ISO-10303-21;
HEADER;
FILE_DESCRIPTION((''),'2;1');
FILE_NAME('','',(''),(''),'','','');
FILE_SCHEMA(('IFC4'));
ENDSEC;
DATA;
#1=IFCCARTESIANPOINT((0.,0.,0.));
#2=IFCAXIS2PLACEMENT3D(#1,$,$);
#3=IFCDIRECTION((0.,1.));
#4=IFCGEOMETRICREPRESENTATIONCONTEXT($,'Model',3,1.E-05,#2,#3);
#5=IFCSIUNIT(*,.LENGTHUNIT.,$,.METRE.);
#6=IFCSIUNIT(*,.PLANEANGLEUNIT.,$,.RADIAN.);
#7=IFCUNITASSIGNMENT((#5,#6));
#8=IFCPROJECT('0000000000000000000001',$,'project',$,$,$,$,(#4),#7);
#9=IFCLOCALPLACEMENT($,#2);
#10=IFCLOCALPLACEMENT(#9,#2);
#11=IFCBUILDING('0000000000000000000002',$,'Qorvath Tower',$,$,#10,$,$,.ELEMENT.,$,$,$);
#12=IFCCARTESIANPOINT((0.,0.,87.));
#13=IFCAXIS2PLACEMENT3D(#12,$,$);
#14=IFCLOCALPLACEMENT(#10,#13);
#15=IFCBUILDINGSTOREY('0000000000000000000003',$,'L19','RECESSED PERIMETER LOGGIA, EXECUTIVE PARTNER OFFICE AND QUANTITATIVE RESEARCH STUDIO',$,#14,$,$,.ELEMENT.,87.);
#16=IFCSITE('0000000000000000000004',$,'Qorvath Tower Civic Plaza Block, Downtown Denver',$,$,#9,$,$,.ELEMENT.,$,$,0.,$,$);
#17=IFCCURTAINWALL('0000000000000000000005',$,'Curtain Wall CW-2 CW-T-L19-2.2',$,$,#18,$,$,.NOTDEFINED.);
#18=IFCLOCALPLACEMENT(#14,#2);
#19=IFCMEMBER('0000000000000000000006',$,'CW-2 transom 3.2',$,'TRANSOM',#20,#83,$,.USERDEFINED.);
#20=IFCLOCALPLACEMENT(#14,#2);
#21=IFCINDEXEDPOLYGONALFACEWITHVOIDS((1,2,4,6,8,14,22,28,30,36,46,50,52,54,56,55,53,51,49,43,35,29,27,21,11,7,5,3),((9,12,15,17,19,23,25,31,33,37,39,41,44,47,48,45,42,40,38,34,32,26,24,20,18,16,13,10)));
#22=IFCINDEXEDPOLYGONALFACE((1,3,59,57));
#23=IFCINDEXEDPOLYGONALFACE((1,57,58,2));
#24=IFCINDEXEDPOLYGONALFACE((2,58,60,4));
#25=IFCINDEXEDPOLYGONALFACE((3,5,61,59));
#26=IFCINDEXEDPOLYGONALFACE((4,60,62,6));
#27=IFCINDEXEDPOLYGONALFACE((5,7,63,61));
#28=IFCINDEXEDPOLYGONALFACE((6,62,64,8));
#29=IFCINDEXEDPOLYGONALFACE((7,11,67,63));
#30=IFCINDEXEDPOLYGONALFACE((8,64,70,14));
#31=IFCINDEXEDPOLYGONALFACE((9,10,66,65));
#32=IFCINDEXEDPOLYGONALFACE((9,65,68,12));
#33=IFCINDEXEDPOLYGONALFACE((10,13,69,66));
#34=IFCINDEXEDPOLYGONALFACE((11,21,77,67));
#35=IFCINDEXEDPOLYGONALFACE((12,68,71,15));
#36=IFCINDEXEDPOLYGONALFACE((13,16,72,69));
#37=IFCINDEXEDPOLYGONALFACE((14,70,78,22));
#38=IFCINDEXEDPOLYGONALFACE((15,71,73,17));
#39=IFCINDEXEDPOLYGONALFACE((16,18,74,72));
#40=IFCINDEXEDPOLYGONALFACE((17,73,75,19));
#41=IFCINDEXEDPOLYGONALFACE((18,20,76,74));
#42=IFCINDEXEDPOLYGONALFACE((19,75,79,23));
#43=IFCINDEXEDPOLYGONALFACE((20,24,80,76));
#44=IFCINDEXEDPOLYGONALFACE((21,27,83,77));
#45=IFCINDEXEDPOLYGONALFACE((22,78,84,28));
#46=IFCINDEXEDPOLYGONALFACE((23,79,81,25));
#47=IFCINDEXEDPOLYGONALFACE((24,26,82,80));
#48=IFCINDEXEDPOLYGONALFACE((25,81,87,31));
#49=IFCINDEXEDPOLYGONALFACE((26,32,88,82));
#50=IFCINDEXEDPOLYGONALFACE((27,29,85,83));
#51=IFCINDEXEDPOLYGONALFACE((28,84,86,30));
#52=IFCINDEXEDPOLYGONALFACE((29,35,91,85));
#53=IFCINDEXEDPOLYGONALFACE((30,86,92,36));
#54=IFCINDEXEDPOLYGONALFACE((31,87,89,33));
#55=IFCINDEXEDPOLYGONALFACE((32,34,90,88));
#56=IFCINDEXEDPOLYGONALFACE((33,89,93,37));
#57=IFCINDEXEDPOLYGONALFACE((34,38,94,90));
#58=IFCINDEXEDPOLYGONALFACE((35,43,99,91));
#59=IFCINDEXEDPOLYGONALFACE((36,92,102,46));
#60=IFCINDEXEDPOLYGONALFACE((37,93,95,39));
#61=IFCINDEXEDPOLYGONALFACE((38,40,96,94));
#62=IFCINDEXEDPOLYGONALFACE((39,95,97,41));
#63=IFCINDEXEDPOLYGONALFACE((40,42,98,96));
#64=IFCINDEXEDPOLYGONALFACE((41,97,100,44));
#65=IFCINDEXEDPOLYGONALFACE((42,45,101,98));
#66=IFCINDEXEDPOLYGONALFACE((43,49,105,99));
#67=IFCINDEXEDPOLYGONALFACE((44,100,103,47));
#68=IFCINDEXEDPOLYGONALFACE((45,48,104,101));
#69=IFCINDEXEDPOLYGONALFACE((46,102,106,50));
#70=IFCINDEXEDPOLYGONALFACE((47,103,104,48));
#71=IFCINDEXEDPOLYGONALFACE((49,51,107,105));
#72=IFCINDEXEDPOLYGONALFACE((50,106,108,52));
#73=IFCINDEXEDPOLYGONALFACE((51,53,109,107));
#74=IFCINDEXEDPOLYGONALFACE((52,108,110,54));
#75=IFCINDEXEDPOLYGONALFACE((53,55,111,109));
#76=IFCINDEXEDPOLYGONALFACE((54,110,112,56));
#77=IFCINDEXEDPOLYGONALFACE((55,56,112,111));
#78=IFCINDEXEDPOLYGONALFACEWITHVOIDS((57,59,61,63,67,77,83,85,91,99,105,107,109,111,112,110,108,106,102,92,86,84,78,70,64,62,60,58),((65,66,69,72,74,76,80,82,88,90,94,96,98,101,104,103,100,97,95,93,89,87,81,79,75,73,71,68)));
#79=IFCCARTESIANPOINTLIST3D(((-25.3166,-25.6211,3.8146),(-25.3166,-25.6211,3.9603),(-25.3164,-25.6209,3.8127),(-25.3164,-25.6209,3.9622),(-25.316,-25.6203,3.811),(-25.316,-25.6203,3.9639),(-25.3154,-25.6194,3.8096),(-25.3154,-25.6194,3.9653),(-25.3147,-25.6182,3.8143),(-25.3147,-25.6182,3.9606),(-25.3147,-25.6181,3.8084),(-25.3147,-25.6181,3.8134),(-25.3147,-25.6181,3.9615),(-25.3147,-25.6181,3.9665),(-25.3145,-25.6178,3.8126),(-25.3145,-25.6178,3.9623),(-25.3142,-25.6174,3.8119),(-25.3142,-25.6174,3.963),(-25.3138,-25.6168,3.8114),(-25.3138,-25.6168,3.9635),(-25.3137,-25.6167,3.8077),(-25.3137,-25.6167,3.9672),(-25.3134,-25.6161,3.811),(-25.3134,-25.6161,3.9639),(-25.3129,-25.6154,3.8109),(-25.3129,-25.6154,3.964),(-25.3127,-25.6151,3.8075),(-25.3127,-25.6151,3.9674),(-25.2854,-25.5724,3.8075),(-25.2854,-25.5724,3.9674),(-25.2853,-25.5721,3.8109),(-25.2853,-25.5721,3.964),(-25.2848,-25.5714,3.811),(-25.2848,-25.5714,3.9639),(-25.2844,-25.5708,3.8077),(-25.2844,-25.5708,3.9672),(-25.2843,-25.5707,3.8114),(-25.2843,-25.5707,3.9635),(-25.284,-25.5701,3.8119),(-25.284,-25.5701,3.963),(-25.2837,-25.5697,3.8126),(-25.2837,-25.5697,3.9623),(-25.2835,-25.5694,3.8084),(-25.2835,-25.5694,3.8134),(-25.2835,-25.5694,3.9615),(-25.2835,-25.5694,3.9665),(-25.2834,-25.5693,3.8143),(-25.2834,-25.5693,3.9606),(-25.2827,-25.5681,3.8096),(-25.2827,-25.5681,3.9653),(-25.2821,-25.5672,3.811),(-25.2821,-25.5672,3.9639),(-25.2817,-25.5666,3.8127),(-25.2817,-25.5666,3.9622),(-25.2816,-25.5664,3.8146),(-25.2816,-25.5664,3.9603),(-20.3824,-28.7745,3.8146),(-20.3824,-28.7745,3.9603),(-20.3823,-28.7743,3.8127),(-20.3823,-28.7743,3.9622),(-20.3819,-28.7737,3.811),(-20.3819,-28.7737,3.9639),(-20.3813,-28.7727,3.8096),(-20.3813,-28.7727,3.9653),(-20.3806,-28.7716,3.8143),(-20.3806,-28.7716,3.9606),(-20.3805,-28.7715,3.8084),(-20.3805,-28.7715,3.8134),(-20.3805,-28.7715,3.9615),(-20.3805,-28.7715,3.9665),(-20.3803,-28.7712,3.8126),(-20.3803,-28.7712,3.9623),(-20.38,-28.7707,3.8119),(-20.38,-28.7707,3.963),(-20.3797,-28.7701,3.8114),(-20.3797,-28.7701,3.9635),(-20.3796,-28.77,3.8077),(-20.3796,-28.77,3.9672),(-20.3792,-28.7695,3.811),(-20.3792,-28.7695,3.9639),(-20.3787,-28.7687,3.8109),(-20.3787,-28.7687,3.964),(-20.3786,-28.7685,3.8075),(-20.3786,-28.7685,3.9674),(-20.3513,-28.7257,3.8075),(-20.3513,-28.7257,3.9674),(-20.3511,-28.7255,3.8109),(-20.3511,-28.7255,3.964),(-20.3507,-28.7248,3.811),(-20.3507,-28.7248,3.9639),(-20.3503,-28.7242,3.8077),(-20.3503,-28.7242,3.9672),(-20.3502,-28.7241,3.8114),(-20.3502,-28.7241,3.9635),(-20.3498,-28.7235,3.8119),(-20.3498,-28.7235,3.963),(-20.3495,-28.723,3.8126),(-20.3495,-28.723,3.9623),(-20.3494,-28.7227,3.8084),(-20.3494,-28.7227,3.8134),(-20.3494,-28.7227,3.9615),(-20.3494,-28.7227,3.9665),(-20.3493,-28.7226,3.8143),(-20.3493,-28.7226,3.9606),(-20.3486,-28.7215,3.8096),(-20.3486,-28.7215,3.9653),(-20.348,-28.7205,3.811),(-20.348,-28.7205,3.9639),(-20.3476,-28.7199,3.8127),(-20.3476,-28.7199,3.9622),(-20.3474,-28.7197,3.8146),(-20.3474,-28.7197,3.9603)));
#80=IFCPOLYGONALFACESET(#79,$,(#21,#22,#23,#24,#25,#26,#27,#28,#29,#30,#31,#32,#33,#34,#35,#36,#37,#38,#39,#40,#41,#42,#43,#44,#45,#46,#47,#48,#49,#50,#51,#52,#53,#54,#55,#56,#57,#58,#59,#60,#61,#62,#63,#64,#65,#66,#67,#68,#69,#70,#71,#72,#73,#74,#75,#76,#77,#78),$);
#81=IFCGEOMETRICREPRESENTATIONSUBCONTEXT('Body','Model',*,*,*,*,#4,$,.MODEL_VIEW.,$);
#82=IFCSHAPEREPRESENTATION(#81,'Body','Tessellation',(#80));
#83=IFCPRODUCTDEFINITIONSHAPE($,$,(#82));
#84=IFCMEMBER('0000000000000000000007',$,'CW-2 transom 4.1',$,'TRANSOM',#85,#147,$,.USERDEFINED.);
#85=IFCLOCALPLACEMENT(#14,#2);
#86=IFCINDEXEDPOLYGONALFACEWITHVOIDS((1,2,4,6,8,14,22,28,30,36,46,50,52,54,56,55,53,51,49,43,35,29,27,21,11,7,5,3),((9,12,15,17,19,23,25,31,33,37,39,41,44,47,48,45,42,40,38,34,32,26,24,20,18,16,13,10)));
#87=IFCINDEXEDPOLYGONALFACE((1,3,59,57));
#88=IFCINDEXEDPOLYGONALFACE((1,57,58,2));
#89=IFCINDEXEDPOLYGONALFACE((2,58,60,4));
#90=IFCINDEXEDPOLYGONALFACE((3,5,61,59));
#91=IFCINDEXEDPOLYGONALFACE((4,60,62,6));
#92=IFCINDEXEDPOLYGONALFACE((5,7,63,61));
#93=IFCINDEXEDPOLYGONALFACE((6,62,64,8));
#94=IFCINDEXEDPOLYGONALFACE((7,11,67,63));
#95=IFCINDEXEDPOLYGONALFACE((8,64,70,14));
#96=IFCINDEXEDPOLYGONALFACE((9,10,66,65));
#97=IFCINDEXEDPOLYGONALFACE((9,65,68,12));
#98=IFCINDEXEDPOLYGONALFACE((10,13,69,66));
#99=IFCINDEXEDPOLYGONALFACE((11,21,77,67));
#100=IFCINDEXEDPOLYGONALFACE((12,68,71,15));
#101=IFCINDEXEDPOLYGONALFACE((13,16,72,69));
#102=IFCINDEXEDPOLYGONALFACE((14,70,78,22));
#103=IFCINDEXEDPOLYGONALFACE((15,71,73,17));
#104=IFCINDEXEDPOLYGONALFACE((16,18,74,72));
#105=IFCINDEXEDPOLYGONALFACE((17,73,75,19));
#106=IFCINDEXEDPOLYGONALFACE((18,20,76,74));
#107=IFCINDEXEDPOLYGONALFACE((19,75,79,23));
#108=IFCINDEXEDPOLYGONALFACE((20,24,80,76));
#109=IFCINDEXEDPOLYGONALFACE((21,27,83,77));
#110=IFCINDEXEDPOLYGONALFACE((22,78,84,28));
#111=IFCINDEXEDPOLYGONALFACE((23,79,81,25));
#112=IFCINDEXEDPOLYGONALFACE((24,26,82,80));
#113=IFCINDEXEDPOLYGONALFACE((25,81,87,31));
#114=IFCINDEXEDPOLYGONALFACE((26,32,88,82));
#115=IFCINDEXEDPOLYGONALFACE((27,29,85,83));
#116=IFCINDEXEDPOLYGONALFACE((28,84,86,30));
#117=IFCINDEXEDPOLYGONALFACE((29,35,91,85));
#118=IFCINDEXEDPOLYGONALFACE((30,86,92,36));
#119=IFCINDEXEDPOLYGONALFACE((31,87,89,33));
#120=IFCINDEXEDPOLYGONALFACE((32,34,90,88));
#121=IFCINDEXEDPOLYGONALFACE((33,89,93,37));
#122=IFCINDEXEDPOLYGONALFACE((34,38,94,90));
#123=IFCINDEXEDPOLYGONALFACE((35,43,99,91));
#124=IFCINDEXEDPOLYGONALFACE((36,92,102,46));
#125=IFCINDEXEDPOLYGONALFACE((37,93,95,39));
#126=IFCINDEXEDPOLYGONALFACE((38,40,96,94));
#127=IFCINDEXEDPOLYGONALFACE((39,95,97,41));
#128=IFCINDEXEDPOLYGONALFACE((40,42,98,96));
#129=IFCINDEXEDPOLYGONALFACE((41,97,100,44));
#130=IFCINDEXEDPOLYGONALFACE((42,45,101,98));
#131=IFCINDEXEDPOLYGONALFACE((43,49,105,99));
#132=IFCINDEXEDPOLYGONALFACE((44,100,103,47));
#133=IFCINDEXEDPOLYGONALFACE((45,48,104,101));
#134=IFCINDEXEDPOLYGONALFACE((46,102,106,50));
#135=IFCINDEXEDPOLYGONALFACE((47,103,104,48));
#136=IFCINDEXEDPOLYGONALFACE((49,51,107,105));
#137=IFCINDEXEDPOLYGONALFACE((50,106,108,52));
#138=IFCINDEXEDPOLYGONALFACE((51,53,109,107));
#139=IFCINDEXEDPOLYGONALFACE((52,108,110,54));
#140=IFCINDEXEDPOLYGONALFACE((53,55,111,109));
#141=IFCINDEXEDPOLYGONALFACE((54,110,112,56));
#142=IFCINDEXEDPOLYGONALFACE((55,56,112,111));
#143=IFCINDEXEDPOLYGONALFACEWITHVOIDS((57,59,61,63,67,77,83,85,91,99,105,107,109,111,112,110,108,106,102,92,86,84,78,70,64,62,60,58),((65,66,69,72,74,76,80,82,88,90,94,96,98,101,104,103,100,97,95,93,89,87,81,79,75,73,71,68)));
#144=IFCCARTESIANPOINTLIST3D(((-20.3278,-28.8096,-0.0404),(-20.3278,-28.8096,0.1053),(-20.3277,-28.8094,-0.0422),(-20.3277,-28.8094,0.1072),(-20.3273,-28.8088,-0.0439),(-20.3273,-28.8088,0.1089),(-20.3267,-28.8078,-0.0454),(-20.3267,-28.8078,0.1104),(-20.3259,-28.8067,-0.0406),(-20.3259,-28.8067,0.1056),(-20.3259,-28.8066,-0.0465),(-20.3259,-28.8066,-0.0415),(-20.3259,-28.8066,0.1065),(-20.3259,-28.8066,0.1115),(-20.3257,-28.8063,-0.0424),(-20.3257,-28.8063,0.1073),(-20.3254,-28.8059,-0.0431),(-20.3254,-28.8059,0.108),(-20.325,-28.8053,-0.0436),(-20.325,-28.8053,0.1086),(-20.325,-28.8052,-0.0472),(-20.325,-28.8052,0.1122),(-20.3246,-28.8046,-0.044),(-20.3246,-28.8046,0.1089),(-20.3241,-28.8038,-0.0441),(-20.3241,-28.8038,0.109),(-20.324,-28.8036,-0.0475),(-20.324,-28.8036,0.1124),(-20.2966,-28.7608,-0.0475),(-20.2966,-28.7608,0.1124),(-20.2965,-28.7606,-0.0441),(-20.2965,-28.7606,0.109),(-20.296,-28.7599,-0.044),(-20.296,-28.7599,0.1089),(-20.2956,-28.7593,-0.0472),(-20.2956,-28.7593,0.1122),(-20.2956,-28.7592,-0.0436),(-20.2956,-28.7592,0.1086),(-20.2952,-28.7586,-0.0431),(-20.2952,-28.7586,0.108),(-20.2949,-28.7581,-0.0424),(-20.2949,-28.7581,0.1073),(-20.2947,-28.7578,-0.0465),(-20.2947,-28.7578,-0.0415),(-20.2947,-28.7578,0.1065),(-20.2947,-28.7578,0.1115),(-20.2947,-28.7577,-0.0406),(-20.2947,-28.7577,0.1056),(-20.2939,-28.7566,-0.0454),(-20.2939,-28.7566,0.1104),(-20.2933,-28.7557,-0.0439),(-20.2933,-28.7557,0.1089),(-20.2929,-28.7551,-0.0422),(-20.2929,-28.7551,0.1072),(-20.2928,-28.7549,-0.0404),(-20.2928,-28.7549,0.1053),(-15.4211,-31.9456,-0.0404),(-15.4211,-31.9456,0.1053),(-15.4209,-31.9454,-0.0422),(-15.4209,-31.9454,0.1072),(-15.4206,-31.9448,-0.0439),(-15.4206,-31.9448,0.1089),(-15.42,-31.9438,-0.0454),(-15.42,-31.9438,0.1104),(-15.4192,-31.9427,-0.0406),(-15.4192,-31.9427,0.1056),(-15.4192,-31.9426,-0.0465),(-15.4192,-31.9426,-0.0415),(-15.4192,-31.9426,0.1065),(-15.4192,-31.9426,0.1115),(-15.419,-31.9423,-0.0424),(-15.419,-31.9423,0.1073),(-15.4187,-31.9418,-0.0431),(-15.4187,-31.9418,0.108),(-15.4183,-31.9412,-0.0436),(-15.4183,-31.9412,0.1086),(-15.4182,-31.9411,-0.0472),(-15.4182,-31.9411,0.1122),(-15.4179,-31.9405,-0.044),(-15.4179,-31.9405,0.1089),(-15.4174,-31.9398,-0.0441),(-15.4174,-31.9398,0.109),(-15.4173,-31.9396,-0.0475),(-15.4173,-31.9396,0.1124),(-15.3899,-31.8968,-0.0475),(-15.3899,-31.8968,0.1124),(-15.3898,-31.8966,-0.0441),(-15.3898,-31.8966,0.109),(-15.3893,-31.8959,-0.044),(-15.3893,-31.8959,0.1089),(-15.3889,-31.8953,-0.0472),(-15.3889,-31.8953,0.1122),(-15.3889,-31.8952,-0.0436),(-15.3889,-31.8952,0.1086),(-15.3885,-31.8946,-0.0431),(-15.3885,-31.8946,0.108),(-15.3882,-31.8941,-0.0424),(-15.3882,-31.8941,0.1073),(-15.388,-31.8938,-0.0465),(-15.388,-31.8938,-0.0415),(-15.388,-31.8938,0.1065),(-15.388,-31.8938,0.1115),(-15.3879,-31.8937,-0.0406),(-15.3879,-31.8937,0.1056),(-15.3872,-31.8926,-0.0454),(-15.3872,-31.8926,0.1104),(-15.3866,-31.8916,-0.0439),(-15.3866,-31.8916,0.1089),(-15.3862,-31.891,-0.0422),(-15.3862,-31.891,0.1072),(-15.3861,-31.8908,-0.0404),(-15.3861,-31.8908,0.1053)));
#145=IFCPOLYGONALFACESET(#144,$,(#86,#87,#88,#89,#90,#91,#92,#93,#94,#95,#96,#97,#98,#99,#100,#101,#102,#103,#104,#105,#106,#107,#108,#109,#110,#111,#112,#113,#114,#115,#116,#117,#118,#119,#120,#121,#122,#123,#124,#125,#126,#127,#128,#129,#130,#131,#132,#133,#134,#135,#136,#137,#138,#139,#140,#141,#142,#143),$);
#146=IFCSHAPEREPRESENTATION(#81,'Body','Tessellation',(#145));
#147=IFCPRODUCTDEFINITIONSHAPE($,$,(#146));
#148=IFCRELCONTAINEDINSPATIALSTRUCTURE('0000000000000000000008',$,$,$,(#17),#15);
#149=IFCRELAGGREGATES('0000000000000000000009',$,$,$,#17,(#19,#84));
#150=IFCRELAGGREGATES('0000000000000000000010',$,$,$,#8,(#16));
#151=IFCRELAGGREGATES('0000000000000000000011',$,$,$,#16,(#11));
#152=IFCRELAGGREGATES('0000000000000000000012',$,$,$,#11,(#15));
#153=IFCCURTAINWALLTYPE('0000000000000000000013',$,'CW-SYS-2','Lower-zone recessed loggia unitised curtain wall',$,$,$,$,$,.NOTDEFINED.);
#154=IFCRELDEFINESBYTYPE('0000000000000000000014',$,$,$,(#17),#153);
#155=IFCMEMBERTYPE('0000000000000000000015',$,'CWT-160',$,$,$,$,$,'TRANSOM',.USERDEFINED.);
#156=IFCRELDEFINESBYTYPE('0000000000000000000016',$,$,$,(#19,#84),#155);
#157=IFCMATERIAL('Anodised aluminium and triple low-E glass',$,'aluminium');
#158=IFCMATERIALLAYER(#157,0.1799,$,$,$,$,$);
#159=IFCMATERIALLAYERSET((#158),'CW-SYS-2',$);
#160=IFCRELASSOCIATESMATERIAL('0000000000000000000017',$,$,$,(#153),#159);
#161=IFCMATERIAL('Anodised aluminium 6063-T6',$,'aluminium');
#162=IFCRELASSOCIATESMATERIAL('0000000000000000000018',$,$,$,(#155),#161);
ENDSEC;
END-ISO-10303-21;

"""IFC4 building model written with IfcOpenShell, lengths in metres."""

from ifc_helpers import new_model, si_unit, direction, frame, origin, origin_2d, place, context, subcontext, project, spatial, hollow_rectangle, extrude, material, layer, layer_set, material_profile, profile_set, type_object, element, aggregate, save


model = new_model("IFC4")

# Units and contexts
model_context = context("Model", 3, precision=1e-05, world=origin(), true_north=direction((0.0, 1.0)))
body_context = subcontext(model_context, "Body", "Model", "MODEL_VIEW")
ifc_project = project(units=[si_unit("LENGTHUNIT", "METRE"), si_unit("PLANEANGLEUNIT", "RADIAN")], contexts=[model_context])

# Site, building, storey
site_placement = place(None, origin())
site = spatial("IfcSite", under=ifc_project, at=site_placement, Name="Qorvath Tower Civic Plaza Block, Downtown Denver", CompositionType="ELEMENT", RefElevation=0.0)
building_placement = place(site_placement, origin())
building = spatial("IfcBuilding", under=site, at=building_placement, Name="Qorvath Tower", CompositionType="ELEMENT")
storey_placement = place(building_placement, frame((0.0, 0.0, 87.0)))
storey = spatial("IfcBuildingStorey", under=building, at=storey_placement, Name="L19", Description="RECESSED PERIMETER LOGGIA, EXECUTIVE PARTNER OFFICE AND QUANTITATIVE RESEARCH STUDIO", CompositionType="ELEMENT", Elevation=87.0)

# Curtain wall, members
ifc_material_1 = material(Name="Anodised aluminium and triple low-E glass", Category="aluminium")
ifc_layer_1 = layer(ifc_material_1, 0.1799)
ifc_layer_set_1 = layer_set([ifc_layer_1], Name="CW-SYS-2")
curtain_wall_type = type_object("IfcCurtainWallType", Name="CW-SYS-2", Description="Lower-zone recessed loggia unitised curtain wall", PredefinedType="NOTDEFINED", material=ifc_layer_set_1)
curtain_wall_placement = place(storey_placement, origin())
curtain_wall = element("IfcCurtainWall", 1, at=curtain_wall_placement, inside=storey, type_object=curtain_wall_type, Name="Curtain Wall CW-2 CW-T-L19-2.2", PredefinedType="NOTDEFINED")
ifc_material_2 = material(Name="Anodised aluminium 6063-T6", Category="aluminium")
ifc_material_profile_1 = material_profile(ifc_material_2, hollow_rectangle(XDim=0.0649, YDim=0.1599, WallThickness=0.0034, InnerFilletRadius=0.0034, OuterFilletRadius=0.0071, at=origin_2d()), Name="CWT 160x65")
ifc_profile_set_1 = profile_set([ifc_material_profile_1], Name="Anodised aluminium 6063-T6")
member_type_1 = type_object("IfcMemberType", Name="CWT-160", ElementType="TRANSOM", PredefinedType="USERDEFINED", material=ifc_profile_set_1)
member_1_placement = place(storey_placement, frame((-25.2991, -25.5938, 3.8875), z_axis=(0.84262, -0.538509, 0.0), x_axis=(0.538509, 0.84262, 0.0)))
member_1 = element("IfcMember", 2, at=member_1_placement, type_object=member_type_1, Name="CW-2 transom 3.2", ObjectType="TRANSOM", PredefinedType="USERDEFINED", context=body_context, shape_type="SweptSolid", body=[
    extrude(hollow_rectangle(XDim=0.0649, YDim=0.1599, WallThickness=0.0034, InnerFilletRadius=0.0034, OuterFilletRadius=0.0071, at=origin_2d()), origin(), (0.0, 0.0, 1.0), 5.8557),
])
member_2_placement = place(storey_placement, frame((-20.3103, -28.7822, 0.0325), z_axis=(0.842609, -0.538527, 0.0), x_axis=(0.538527, 0.842609, 0.0)))
member_2 = element("IfcMember", 3, at=member_2_placement, type_object=member_type_1, Name="CW-2 transom 4.1", ObjectType="TRANSOM", PredefinedType="USERDEFINED", context=body_context, shape_type="SweptSolid", body=[
    extrude(hollow_rectangle(XDim=0.0649, YDim=0.1599, WallThickness=0.0034, InnerFilletRadius=0.0034, OuterFilletRadius=0.0071, at=origin_2d()), origin(), (0.0, 0.0, 1.0), 5.8232),
])
aggregate(curtain_wall, [member_1, member_2])

save(model, "model.ifc")
